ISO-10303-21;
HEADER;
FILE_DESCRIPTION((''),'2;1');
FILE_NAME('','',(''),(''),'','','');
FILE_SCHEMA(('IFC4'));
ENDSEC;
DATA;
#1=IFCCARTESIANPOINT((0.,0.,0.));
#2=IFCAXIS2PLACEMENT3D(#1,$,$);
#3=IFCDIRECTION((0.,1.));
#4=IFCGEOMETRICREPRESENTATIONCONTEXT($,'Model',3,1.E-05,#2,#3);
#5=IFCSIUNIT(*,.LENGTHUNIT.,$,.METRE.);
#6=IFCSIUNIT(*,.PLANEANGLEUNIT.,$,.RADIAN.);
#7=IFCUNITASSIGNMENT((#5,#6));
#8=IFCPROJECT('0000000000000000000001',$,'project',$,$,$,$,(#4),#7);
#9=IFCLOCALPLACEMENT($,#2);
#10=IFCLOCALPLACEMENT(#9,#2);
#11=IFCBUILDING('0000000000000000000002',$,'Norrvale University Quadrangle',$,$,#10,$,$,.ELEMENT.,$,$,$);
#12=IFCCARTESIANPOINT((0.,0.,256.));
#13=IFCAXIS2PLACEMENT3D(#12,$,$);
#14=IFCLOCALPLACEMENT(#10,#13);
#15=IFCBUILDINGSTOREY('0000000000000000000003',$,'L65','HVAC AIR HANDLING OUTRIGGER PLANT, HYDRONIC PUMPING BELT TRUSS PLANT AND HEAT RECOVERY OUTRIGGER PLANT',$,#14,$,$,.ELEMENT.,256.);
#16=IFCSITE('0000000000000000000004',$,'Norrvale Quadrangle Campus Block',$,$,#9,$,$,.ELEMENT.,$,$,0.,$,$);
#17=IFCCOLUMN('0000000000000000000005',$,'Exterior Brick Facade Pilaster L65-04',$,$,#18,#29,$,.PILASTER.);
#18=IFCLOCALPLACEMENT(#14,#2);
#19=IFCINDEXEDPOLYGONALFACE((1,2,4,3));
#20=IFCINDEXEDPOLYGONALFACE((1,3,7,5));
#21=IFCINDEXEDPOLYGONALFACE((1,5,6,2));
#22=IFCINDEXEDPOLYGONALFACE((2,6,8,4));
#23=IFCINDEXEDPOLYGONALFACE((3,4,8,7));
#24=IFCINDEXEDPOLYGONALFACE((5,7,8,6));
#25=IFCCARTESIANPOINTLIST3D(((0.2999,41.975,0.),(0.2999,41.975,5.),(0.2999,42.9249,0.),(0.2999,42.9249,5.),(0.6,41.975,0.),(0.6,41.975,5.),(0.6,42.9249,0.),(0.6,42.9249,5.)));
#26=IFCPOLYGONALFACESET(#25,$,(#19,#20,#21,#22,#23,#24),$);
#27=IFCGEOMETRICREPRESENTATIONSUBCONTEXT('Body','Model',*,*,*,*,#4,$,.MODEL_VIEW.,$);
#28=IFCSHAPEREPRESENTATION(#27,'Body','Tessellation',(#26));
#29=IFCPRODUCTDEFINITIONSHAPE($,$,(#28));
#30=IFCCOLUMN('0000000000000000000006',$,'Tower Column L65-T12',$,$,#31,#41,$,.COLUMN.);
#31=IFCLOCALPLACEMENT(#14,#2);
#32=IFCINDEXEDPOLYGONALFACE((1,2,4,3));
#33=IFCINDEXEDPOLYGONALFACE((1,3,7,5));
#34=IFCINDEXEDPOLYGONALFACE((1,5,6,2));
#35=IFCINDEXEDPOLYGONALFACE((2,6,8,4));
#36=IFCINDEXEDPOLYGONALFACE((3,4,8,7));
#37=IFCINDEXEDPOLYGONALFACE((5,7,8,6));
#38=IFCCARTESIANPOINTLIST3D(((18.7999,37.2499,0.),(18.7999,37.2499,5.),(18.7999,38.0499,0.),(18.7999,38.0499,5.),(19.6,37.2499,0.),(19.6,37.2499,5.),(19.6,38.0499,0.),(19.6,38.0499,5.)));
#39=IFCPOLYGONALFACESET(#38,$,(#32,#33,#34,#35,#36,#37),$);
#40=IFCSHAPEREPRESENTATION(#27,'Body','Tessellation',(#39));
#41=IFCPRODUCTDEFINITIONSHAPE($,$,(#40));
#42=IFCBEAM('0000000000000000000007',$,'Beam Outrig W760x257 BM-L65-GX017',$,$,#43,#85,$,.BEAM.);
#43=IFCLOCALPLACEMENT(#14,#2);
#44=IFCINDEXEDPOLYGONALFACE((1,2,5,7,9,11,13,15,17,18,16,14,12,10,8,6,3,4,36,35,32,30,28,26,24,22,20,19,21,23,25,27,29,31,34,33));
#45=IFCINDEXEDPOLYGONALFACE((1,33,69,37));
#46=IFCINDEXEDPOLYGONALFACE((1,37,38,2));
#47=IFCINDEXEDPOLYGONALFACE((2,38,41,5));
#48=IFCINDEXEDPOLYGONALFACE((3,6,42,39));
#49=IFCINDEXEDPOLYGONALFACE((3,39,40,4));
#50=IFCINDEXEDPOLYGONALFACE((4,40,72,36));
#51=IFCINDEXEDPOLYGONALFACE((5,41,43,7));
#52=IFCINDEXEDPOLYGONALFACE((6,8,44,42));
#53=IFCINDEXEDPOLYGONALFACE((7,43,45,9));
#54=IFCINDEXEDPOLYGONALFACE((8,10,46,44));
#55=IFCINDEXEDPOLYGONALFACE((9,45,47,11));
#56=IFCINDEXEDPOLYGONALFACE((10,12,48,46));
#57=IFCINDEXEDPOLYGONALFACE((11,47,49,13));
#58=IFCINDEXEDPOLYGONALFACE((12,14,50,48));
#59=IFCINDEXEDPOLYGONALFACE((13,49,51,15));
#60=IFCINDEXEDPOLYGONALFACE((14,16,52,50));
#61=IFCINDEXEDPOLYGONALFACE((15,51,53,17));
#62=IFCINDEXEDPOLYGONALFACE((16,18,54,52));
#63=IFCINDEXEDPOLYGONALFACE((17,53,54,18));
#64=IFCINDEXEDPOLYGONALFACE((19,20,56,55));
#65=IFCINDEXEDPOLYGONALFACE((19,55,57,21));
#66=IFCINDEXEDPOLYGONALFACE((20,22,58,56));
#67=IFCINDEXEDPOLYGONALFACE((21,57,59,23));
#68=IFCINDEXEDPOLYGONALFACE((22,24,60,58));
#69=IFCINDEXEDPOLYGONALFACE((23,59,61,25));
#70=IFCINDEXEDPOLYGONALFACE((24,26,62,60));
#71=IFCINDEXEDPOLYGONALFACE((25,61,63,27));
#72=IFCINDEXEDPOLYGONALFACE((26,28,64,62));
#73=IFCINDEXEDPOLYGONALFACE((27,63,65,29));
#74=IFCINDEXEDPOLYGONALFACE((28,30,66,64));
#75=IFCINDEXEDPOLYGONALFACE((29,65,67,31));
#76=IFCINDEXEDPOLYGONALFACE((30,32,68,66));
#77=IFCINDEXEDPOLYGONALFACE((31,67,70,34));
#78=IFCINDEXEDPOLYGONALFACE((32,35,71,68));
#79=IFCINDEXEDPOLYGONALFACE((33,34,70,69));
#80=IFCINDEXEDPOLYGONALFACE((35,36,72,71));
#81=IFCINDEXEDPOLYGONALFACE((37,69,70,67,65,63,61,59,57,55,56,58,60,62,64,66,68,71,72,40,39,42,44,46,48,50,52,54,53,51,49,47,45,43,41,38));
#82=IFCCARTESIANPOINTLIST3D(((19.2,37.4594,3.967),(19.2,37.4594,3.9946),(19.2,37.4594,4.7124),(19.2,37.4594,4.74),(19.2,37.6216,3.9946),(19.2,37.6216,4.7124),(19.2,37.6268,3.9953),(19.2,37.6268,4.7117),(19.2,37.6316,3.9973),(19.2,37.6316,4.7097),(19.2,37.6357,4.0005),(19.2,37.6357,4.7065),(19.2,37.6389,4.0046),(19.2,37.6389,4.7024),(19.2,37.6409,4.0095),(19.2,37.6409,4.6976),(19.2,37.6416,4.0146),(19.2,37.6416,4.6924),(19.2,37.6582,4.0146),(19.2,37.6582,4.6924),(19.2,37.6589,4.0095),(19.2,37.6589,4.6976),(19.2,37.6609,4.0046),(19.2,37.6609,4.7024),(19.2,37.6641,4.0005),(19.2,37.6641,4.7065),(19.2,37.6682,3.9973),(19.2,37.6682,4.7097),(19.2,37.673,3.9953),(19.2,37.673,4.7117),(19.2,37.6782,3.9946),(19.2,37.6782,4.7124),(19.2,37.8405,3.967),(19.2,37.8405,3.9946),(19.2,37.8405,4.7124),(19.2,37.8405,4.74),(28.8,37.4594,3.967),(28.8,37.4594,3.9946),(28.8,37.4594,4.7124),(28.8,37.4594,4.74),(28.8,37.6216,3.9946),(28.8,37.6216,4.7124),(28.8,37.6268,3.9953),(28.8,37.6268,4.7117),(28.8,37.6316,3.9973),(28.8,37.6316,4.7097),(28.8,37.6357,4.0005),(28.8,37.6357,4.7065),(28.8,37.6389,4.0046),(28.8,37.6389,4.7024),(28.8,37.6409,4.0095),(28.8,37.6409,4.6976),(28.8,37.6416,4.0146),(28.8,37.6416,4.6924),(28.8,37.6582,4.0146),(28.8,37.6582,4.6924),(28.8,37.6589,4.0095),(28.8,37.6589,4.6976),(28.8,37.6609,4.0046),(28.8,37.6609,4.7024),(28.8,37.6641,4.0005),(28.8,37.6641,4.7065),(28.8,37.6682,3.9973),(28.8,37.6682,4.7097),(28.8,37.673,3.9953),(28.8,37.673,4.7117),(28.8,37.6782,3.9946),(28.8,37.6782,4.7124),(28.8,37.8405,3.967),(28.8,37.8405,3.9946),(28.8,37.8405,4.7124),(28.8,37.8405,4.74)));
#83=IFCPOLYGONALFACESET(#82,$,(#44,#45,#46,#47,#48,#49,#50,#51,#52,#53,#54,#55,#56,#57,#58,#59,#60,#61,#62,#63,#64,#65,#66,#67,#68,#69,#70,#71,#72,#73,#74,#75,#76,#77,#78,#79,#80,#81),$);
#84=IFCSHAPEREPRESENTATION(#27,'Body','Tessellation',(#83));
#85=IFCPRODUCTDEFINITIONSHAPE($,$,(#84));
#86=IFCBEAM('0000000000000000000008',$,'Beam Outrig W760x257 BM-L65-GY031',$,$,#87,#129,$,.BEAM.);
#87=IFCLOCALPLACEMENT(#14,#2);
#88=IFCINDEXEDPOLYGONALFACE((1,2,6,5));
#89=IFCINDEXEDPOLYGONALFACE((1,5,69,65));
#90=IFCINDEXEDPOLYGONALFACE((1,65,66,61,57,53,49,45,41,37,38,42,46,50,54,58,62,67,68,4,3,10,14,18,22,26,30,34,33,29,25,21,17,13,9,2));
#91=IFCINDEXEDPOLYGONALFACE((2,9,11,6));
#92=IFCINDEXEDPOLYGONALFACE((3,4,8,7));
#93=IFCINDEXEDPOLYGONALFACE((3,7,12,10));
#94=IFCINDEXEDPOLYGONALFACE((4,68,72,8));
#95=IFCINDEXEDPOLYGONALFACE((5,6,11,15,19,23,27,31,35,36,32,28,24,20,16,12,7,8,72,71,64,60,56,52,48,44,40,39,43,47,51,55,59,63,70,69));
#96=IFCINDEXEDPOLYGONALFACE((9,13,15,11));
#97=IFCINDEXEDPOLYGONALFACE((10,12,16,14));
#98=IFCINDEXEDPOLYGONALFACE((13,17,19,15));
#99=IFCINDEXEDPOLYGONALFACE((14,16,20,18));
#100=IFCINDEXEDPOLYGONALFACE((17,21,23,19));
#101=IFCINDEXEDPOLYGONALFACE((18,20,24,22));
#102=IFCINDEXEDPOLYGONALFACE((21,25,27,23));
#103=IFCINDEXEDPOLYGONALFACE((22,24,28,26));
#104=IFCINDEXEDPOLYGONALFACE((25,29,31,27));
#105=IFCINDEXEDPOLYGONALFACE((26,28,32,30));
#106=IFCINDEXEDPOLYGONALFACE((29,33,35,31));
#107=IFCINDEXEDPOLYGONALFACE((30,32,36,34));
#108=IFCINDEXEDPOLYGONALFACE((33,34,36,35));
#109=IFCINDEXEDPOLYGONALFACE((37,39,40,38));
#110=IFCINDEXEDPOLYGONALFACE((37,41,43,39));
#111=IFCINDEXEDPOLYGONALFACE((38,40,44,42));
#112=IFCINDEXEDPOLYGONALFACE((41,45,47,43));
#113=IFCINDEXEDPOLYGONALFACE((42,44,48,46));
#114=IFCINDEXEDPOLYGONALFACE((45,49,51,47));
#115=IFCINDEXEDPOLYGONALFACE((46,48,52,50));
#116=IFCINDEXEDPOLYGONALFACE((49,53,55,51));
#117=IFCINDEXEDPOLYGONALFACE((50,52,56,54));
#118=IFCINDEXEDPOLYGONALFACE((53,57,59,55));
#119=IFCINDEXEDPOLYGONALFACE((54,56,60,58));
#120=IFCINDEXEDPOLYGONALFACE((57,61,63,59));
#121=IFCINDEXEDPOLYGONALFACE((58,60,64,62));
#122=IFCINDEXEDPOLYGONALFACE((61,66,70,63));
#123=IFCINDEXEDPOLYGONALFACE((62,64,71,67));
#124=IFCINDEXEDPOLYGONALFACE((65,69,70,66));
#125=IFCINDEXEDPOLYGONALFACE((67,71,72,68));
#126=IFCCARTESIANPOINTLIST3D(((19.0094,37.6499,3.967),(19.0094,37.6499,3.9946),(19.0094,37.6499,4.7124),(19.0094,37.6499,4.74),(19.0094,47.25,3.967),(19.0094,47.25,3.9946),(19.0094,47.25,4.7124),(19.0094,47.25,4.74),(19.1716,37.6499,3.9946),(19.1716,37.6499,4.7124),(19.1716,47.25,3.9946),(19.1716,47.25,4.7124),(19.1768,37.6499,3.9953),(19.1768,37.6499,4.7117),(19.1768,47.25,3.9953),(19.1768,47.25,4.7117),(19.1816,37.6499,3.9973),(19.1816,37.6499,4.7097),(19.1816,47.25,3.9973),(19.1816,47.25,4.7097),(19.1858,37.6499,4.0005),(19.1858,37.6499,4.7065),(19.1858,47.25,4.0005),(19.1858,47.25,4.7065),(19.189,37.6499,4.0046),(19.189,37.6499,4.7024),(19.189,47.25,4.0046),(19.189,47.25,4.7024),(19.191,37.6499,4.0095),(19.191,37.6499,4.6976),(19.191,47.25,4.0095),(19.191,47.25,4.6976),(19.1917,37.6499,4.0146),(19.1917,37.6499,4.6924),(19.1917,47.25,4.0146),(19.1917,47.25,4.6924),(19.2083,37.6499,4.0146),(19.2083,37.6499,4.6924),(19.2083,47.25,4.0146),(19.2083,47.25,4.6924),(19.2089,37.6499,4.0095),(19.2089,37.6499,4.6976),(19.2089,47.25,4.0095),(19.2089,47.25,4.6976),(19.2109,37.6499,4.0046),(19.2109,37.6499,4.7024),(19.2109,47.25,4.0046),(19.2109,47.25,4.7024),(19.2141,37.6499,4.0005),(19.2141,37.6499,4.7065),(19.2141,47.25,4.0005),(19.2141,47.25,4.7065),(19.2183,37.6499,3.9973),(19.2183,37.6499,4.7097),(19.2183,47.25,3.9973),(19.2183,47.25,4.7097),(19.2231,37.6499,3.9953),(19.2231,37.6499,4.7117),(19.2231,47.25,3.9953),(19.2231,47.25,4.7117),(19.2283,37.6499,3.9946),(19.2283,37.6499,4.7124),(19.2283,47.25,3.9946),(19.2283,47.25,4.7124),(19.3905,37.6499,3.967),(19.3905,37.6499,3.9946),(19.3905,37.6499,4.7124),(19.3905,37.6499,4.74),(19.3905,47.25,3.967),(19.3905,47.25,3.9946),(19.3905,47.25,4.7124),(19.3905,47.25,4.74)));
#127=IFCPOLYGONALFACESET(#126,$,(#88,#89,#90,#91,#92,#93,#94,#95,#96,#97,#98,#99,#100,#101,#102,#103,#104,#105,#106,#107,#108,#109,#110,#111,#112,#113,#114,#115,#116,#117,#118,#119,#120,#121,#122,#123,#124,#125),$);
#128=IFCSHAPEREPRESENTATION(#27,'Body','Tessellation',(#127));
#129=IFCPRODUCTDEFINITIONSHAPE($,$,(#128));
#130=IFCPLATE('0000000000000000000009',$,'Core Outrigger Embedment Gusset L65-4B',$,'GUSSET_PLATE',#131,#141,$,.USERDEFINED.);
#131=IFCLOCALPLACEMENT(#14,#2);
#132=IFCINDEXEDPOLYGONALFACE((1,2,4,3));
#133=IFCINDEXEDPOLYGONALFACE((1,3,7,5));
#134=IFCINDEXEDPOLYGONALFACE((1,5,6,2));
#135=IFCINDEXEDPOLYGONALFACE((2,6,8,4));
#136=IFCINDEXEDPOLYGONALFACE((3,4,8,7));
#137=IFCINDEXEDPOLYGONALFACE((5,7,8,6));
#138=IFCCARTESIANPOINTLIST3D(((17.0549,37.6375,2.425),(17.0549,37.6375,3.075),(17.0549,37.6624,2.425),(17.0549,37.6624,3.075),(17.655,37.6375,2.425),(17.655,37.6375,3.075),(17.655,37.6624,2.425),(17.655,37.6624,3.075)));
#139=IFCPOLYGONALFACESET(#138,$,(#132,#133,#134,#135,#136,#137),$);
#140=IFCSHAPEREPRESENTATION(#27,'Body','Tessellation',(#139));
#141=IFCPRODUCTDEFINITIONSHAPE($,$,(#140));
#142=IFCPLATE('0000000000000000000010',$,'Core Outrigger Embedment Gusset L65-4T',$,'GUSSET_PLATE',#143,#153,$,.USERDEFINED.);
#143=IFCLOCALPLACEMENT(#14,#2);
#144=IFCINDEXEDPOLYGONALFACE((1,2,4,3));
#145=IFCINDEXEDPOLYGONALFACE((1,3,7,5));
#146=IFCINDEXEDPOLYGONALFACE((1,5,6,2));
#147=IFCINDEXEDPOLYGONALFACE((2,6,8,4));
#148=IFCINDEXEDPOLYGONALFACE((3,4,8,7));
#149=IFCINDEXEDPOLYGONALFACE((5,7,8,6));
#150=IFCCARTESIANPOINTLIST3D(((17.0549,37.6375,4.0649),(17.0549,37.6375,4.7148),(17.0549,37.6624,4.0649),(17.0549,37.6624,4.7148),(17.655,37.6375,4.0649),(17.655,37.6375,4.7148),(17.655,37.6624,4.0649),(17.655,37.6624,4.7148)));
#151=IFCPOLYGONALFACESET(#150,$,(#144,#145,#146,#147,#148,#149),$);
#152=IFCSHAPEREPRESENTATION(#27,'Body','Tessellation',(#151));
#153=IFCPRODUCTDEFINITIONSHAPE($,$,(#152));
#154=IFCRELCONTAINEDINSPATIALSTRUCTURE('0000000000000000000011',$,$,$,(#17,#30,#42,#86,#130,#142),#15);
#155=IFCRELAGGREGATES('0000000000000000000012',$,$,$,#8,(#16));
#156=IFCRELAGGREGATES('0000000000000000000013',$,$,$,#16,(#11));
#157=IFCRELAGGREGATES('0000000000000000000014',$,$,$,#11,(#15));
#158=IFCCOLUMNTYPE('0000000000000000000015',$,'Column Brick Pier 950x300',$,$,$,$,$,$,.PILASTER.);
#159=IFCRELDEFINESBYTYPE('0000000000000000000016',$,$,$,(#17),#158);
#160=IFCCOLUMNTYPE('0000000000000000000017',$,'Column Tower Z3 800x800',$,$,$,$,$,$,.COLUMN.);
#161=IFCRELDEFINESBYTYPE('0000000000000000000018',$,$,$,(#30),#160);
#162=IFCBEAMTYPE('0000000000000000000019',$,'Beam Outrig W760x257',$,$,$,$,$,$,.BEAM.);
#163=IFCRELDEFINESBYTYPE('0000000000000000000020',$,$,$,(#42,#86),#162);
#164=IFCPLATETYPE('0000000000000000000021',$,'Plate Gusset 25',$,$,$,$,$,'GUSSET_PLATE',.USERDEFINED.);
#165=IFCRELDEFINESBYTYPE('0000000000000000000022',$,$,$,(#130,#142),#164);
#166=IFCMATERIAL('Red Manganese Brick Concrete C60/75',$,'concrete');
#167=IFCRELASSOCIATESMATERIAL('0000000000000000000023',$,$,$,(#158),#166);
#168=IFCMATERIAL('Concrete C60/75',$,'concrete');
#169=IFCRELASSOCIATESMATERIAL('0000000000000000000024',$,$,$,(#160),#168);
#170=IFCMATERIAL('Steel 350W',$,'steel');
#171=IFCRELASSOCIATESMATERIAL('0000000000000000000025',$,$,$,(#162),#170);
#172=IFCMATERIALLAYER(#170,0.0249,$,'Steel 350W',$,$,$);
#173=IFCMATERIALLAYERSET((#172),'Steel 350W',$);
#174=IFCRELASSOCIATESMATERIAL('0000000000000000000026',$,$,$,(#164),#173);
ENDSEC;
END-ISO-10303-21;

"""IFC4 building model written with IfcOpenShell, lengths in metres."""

from ifc_helpers import new_model, si_unit, direction, frame, origin, origin_2d, place, context, subcontext, project, spatial, rectangle, i_section, extrude, material, layer, layer_set, material_profile, profile_set, type_object, element, save


model = new_model("IFC4")

# Units and contexts
model_context = context("Model", 3, precision=1e-05, world=origin(), true_north=direction((0.0, 1.0)))
body_context = subcontext(model_context, "Body", "Model", "MODEL_VIEW")
ifc_project = project(units=[si_unit("LENGTHUNIT", "METRE"), si_unit("PLANEANGLEUNIT", "RADIAN")], contexts=[model_context])

# Site, building, storey
site_placement = place(None, origin())
site = spatial("IfcSite", under=ifc_project, at=site_placement, Name="Norrvale Quadrangle Campus Block", CompositionType="ELEMENT", RefElevation=0.0)
building_placement = place(site_placement, origin())
building = spatial("IfcBuilding", under=site, at=building_placement, Name="Norrvale University Quadrangle", CompositionType="ELEMENT")
storey_placement = place(building_placement, frame((0.0, 0.0, 256.0)))
storey = spatial("IfcBuildingStorey", under=building, at=storey_placement, Name="L65", Description="HVAC AIR HANDLING OUTRIGGER PLANT, HYDRONIC PUMPING BELT TRUSS PLANT AND HEAT RECOVERY OUTRIGGER PLANT", CompositionType="ELEMENT", Elevation=256.0)

# Columns
ifc_material_1 = material(Name="Red Manganese Brick Concrete C60/75", Category="concrete")
ifc_material_profile_1 = material_profile(ifc_material_1, rectangle(XDim=0.95, YDim=0.3, at=origin_2d()), Name="Red Manganese Brick Concrete C60/75")
ifc_profile_set_1 = profile_set([ifc_material_profile_1], Name="Red Manganese Brick Concrete C60/75")
column_type_1 = type_object("IfcColumnType", Name="Column Brick Pier 950x300", PredefinedType="PILASTER", material=ifc_profile_set_1)
column_1_placement = place(storey_placement, frame((0.45, 42.45, 0.0), z_axis=(0.0, 0.0, 1.0), x_axis=(0.0, 1.0, 0.0)))
element("IfcColumn", 1, at=column_1_placement, inside=storey, type_object=column_type_1, Name="Exterior Brick Facade Pilaster L65-04", PredefinedType="PILASTER", context=body_context, shape_type="SweptSolid", body=[
    extrude(rectangle(XDim=0.95, YDim=0.3, at=origin_2d()), origin(), (0.0, 0.0, 1.0), 5.0),
])
ifc_material_2 = material(Name="Concrete C60/75", Category="concrete")
ifc_material_profile_2 = material_profile(ifc_material_2, rectangle(XDim=0.8, YDim=0.8, at=origin_2d()), Name="Concrete C60/75")
ifc_profile_set_2 = profile_set([ifc_material_profile_2], Name="Concrete C60/75")
column_type_2 = type_object("IfcColumnType", Name="Column Tower Z3 800x800", PredefinedType="COLUMN", material=ifc_profile_set_2)
column_2_placement = place(storey_placement, frame((19.2, 37.6499, 0.0), z_axis=(0.0, 0.0, 1.0), x_axis=(1.0, 0.0, 0.0)))
element("IfcColumn", 2, at=column_2_placement, inside=storey, type_object=column_type_2, Name="Tower Column L65-T12", PredefinedType="COLUMN", context=body_context, shape_type="SweptSolid", body=[
    extrude(rectangle(XDim=0.8, YDim=0.8, at=origin_2d()), origin(), (0.0, 0.0, 1.0), 5.0),
])

# Beams
ifc_material_3 = material(Name="Steel 350W", Category="steel")
ifc_material_profile_3 = material_profile(ifc_material_3, i_section(OverallWidth=0.3811, OverallDepth=0.7729, WebThickness=0.0166, FlangeThickness=0.0276, FilletRadius=0.02, at=origin_2d()), Name="Steel 350W")
ifc_profile_set_3 = profile_set([ifc_material_profile_3], Name="Steel 350W")
beam_type = type_object("IfcBeamType", Name="Beam Outrig W760x257", PredefinedType="BEAM", material=ifc_profile_set_3)
for number, where, z_axis, x_axis, name in (
    (3, (19.2, 37.6499, 4.3535), (1.0, 0.0, 0.0), (0.0, 1.0, 0.0), "Beam Outrig W760x257 BM-L65-GX017"),
    (4, (19.2, 37.6499, 4.3535), (0.0, 1.0, 0.0), (-1.0, 0.0, 0.0), "Beam Outrig W760x257 BM-L65-GY031"),
):
    element("IfcBeam", number, at=place(storey_placement, frame(where, z_axis=z_axis, x_axis=x_axis)), inside=storey, type_object=beam_type, Name=name, PredefinedType="BEAM", context=body_context, shape_type="SweptSolid", body=[
        extrude(i_section(OverallWidth=0.3811, OverallDepth=0.7729, WebThickness=0.0166, FlangeThickness=0.0276, FilletRadius=0.02, at=origin_2d()), origin(), (0.0, 0.0, 1.0), 9.6001),
    ])

# Plates
ifc_layer_1 = layer(ifc_material_3, 0.0249, Name="Steel 350W")
ifc_layer_set_1 = layer_set([ifc_layer_1], Name="Steel 350W")
plate_type = type_object("IfcPlateType", Name="Plate Gusset 25", ElementType="GUSSET_PLATE", PredefinedType="USERDEFINED", material=ifc_layer_set_1)
for number, where, z_axis, x_axis, name in (
    (5, (17.355, 37.6499, 2.425), (0.0, 0.0, 1.0), (1.0, 0.0, 0.0), "Core Outrigger Embedment Gusset L65-4B"),
    (6, (17.355, 37.6499, 4.0649), (0.0, 0.0, 1.0), (1.0, 0.0, 0.0), "Core Outrigger Embedment Gusset L65-4T"),
):
    element("IfcPlate", number, at=place(storey_placement, frame(where, z_axis=z_axis, x_axis=x_axis)), inside=storey, type_object=plate_type, Name=name, ObjectType="GUSSET_PLATE", PredefinedType="USERDEFINED", context=body_context, shape_type="SweptSolid", body=[
        extrude(rectangle(XDim=0.6001, YDim=0.0249, at=origin_2d()), origin(), (0.0, 0.0, 1.0), 0.6499),
    ])

save(model, "model.ifc")
